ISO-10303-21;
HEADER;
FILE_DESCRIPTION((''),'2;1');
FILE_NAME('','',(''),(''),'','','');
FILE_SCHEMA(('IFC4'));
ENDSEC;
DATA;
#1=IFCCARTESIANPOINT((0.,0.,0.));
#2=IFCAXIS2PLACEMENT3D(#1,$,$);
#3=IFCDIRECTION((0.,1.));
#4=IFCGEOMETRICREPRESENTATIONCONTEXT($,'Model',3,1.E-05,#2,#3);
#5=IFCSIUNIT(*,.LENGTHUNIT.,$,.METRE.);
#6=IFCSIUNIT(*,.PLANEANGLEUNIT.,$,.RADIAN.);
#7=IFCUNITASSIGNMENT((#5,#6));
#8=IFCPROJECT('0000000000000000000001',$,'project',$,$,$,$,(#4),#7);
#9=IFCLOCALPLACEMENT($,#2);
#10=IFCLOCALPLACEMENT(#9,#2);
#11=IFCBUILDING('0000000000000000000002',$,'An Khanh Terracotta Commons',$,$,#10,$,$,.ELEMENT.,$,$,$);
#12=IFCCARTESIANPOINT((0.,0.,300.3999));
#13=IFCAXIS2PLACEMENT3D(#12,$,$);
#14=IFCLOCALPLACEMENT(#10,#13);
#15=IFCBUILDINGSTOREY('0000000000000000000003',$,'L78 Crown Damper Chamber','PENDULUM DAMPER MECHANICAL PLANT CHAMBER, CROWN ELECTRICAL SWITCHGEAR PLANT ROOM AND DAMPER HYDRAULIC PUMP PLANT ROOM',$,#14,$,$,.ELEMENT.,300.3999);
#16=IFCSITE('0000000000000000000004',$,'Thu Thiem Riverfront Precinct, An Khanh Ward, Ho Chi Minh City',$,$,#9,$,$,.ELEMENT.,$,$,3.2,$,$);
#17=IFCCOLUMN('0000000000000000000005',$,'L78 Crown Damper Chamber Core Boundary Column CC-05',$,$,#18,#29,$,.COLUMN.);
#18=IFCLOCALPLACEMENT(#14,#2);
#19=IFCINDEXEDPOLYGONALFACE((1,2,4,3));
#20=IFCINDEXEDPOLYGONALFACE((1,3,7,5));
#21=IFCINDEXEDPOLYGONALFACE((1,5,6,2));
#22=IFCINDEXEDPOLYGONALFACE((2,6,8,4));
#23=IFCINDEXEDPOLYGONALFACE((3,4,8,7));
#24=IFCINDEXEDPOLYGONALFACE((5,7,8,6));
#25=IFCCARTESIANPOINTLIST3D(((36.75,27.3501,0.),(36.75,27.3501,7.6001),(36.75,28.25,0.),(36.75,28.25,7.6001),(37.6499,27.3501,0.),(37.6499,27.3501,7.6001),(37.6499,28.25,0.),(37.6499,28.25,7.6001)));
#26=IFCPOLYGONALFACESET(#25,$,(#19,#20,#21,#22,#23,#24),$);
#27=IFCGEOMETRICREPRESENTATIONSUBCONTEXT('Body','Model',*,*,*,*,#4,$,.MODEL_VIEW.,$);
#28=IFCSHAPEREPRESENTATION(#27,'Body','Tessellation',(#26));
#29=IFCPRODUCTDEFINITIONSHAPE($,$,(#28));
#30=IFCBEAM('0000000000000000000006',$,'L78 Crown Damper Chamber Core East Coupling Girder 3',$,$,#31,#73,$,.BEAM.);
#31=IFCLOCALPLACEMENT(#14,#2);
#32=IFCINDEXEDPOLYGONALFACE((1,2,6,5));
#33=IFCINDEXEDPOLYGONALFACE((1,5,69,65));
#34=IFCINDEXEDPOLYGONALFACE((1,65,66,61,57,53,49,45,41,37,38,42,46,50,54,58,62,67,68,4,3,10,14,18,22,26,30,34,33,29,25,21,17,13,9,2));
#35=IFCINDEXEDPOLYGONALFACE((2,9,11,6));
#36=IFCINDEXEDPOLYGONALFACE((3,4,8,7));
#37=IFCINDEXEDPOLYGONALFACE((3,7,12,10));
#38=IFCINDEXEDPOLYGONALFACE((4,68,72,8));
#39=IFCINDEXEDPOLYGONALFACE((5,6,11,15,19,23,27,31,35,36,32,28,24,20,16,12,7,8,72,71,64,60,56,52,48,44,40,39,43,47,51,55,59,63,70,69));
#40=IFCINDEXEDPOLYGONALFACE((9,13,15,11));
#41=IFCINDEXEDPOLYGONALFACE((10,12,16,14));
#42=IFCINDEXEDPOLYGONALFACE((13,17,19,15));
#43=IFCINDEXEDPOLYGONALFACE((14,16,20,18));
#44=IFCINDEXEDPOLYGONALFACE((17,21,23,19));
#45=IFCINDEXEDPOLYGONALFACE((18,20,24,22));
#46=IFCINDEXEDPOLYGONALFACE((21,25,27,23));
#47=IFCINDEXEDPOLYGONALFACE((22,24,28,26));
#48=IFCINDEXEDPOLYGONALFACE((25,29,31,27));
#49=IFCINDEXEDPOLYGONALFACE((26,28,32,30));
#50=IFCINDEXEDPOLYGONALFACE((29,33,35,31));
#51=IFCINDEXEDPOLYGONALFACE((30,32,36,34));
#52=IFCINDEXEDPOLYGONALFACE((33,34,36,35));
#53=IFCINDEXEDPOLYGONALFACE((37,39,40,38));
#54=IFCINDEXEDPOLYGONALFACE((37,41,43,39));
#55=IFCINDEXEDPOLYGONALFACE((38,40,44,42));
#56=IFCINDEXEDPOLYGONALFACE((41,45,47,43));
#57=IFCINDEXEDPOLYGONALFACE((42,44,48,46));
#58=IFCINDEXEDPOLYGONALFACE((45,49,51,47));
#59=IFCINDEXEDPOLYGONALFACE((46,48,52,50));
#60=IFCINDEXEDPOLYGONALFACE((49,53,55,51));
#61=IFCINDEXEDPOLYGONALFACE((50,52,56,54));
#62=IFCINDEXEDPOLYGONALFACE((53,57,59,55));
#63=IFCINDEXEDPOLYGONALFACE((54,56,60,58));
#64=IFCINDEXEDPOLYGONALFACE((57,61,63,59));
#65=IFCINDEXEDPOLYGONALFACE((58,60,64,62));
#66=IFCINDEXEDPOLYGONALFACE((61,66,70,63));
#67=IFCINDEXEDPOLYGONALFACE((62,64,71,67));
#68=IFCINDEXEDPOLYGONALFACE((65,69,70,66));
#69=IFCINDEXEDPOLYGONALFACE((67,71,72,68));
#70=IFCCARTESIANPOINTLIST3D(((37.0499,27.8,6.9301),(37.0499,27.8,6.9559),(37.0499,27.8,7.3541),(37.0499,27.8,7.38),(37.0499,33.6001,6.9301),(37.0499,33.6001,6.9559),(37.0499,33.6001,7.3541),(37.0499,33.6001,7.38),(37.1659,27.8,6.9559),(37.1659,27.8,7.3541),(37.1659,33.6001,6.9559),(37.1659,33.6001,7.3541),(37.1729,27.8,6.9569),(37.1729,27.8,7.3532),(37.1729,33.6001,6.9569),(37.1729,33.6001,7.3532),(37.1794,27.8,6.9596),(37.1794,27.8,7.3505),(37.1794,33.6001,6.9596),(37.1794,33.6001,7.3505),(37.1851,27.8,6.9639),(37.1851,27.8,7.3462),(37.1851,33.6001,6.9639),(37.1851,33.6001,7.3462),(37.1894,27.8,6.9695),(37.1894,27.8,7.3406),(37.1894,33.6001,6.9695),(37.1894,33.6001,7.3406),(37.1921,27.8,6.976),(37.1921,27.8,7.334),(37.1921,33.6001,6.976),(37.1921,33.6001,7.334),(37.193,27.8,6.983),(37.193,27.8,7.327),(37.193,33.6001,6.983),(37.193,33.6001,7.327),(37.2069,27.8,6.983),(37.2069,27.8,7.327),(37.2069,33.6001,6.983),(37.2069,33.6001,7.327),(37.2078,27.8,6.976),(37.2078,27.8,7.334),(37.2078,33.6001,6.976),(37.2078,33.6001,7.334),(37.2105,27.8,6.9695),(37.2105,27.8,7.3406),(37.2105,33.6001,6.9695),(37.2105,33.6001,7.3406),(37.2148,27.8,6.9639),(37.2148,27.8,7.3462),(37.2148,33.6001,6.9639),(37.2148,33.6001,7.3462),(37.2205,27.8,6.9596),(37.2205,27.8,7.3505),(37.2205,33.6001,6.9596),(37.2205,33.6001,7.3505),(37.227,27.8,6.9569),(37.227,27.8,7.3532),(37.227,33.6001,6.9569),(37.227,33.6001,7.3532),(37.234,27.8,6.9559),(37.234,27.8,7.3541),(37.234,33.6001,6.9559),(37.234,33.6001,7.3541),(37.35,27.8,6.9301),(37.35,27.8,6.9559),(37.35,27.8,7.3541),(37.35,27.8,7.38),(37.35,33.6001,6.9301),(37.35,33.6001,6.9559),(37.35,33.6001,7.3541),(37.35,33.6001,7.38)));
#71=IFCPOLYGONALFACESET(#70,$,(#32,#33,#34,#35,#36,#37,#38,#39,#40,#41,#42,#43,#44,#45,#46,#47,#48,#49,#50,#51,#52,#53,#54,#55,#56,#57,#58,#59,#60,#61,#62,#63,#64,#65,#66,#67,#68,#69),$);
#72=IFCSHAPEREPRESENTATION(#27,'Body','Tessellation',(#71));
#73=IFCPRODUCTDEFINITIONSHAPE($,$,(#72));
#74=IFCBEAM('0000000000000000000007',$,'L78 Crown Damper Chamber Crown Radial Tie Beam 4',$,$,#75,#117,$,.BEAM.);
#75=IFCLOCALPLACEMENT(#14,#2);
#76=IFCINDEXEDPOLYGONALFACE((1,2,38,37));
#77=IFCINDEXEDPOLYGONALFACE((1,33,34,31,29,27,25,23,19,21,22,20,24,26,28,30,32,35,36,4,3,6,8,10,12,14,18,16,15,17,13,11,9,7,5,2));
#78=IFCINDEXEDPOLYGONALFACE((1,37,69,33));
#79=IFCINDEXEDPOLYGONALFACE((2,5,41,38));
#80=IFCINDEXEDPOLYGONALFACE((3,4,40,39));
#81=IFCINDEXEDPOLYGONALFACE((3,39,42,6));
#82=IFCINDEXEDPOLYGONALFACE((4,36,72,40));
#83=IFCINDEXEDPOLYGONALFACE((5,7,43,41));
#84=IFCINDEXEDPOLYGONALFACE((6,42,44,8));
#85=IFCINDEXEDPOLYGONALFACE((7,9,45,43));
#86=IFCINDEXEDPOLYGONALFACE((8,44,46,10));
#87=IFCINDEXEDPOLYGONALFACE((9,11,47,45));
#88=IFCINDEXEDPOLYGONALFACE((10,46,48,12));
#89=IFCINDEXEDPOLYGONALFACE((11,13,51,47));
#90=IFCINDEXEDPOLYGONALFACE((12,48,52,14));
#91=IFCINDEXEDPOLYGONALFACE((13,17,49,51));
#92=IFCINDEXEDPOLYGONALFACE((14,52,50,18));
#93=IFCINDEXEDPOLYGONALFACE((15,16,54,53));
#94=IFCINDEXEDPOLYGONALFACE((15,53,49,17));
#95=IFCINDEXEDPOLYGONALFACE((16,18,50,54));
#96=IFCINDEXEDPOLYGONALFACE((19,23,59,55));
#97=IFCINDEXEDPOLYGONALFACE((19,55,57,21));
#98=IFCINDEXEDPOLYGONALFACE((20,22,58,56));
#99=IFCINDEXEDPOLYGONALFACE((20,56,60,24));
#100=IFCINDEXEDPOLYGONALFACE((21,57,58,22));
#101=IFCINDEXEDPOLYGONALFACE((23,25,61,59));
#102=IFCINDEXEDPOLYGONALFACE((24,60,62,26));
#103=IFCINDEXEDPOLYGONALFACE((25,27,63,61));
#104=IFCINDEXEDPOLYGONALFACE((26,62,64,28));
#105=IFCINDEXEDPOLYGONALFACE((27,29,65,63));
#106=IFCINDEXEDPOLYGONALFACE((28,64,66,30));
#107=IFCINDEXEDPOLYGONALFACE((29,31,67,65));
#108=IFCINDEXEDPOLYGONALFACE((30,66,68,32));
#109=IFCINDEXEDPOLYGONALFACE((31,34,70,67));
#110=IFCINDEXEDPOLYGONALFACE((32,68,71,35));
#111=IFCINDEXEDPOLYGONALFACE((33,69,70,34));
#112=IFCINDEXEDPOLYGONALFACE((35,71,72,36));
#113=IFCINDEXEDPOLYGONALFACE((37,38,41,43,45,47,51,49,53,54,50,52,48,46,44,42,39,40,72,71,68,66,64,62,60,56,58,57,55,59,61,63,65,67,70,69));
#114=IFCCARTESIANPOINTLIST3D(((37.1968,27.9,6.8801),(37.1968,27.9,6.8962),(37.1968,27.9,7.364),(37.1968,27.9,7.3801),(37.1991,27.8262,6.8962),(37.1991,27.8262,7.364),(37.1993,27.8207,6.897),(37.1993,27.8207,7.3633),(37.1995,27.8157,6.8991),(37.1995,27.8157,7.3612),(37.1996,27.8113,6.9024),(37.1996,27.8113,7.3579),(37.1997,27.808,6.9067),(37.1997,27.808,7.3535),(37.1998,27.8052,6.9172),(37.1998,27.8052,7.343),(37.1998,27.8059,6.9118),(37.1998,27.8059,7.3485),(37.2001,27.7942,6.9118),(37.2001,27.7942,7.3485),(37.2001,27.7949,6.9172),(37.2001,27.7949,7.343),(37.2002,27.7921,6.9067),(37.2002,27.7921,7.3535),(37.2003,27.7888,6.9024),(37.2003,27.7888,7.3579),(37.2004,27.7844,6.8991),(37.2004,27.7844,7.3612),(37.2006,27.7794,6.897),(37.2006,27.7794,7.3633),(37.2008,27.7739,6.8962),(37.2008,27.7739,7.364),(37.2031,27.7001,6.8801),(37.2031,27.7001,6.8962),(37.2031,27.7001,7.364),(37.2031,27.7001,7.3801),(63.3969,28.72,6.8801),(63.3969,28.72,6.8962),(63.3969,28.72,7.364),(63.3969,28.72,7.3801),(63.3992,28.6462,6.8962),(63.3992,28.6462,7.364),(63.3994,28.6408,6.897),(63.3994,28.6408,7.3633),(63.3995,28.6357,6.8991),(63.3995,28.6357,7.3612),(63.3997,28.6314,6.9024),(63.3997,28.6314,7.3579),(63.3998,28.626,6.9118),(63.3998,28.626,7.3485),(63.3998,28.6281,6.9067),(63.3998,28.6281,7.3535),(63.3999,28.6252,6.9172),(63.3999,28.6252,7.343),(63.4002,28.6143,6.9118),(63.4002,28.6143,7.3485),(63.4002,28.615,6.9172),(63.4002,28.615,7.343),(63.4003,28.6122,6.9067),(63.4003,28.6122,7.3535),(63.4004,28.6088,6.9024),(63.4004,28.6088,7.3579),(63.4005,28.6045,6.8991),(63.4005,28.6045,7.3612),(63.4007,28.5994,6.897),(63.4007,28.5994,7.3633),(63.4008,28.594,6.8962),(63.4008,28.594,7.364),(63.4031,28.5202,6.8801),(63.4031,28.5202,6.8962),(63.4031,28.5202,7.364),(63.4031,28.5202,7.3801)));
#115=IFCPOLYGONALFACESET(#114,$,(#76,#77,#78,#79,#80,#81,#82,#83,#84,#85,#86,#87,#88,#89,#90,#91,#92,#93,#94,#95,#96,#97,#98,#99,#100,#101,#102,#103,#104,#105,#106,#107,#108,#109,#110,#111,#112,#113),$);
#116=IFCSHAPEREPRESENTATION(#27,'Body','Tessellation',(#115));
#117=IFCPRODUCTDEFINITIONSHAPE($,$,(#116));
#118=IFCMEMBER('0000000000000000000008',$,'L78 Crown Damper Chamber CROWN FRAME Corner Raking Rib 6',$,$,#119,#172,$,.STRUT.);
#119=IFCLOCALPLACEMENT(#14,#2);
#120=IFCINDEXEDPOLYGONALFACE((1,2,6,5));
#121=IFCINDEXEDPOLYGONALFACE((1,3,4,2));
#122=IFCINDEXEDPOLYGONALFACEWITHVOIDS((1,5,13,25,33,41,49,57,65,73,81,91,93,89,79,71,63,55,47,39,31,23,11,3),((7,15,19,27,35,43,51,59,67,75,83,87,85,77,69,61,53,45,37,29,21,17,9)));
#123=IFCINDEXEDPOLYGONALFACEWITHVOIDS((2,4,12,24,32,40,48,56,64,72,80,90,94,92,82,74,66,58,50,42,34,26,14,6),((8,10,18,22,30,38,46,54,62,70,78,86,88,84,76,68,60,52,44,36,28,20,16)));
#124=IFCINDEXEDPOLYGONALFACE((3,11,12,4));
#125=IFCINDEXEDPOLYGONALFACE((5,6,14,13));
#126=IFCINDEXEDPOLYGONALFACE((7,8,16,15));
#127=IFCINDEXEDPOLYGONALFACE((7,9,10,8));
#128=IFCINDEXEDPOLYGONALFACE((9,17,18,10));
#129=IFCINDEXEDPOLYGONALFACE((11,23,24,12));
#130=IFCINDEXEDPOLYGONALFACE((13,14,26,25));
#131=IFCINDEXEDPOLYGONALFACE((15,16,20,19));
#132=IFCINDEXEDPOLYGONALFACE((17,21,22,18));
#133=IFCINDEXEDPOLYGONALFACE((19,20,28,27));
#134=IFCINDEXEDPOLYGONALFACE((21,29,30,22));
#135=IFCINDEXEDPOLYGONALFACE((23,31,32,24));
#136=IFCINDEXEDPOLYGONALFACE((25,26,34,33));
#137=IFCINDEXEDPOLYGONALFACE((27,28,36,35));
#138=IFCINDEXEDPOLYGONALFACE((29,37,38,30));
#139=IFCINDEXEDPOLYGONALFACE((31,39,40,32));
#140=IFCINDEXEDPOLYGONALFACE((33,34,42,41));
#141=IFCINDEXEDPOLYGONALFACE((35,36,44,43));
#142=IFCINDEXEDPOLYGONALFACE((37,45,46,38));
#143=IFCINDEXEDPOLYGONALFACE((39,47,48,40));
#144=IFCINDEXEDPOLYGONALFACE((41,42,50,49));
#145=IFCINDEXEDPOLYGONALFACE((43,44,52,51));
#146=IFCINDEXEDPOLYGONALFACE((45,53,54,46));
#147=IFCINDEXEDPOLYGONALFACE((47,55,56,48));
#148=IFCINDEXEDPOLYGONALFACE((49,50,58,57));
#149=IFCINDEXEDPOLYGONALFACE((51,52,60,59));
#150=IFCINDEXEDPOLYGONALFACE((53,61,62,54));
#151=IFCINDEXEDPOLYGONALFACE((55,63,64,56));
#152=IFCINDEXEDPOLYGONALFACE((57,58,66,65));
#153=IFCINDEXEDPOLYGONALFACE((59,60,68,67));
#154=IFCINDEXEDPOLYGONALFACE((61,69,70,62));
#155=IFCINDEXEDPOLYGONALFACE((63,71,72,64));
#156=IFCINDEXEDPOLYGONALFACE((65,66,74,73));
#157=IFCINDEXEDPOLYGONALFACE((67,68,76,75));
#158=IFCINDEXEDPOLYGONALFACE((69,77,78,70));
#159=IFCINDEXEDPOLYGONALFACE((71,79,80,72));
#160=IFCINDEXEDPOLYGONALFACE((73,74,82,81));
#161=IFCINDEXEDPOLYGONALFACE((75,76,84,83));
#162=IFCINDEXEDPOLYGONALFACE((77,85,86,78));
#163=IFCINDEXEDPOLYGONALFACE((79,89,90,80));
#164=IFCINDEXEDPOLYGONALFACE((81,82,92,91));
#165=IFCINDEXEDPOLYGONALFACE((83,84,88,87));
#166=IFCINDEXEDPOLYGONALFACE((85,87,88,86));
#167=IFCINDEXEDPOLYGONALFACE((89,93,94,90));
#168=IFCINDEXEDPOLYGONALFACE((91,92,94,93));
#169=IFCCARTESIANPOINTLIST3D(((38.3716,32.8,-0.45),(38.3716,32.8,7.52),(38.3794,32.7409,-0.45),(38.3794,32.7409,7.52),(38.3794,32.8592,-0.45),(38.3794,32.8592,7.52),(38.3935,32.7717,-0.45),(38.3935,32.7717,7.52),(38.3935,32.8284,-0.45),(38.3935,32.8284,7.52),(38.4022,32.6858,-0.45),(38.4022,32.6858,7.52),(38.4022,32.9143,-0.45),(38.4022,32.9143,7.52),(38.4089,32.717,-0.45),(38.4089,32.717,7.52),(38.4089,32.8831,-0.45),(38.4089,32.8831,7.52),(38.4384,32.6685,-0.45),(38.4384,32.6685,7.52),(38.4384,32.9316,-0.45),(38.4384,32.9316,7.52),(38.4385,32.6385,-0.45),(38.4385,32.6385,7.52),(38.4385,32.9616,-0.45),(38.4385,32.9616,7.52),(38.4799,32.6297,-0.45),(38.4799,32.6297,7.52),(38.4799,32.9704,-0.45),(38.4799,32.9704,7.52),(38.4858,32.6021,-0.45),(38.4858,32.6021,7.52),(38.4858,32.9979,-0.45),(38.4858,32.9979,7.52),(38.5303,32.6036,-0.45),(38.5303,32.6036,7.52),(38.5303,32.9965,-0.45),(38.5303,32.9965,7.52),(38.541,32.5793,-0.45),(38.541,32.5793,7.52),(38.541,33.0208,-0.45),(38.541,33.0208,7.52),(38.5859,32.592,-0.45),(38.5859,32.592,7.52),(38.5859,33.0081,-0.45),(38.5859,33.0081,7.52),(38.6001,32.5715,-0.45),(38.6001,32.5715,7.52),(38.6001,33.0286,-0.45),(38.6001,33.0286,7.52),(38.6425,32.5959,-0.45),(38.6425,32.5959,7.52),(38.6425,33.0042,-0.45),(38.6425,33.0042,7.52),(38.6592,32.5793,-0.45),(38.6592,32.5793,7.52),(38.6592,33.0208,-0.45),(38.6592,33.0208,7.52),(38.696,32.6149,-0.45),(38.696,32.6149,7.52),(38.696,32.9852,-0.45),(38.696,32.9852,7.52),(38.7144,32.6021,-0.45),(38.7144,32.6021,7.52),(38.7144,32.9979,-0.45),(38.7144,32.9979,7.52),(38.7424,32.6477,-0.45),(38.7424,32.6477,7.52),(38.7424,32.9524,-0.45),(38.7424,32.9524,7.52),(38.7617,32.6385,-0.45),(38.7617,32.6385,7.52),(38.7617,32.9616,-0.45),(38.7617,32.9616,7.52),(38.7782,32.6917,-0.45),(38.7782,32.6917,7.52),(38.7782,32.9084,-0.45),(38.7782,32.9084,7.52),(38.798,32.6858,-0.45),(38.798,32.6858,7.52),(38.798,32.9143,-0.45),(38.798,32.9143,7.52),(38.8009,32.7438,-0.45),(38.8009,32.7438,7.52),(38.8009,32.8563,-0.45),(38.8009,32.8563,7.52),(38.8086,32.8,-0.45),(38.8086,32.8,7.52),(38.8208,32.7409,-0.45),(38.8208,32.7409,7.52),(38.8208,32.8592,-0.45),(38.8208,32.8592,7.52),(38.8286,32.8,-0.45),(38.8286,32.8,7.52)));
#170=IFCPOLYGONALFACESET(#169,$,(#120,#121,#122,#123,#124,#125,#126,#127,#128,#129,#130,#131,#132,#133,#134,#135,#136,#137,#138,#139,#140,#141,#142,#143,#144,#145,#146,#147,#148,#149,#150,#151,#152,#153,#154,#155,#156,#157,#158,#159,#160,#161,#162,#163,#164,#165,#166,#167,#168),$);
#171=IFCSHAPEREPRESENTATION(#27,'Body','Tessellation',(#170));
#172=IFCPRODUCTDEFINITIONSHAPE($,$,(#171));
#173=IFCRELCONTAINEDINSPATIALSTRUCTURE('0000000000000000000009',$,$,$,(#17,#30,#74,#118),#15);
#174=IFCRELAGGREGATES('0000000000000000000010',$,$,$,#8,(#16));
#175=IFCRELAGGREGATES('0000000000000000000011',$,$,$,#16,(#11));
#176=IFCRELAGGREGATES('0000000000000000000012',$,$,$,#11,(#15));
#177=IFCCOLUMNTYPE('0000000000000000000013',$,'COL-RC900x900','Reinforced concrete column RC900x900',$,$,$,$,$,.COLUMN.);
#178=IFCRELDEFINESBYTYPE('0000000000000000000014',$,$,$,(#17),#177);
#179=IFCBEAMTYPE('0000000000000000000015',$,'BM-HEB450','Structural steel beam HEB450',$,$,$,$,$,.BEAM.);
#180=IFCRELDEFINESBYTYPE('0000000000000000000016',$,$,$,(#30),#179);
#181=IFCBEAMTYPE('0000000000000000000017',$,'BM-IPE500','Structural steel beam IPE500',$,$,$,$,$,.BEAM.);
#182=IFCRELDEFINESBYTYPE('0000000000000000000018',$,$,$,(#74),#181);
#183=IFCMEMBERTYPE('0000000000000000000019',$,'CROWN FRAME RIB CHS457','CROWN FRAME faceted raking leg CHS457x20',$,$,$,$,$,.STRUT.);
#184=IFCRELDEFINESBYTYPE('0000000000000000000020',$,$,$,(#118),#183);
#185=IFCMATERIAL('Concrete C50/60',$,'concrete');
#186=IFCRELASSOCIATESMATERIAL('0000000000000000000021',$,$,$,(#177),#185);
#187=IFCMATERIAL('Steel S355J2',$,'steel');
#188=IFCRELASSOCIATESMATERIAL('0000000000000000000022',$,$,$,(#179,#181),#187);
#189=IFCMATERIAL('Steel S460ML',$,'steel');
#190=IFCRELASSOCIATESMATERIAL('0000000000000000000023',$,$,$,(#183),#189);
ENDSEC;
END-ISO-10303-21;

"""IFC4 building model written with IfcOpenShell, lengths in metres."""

from ifc_helpers import new_model, si_unit, direction, frame, origin, origin_2d, place, context, subcontext, project, spatial, rectangle, hollow_circle, i_section, extrude, material, material_profile, profile_set, type_object, element, save


model = new_model("IFC4")

# Units and contexts
model_context = context("Model", 3, precision=1e-05, world=origin(), true_north=direction((0.0, 1.0)))
body_context = subcontext(model_context, "Body", "Model", "MODEL_VIEW")
ifc_project = project(units=[si_unit("LENGTHUNIT", "METRE"), si_unit("PLANEANGLEUNIT", "RADIAN")], contexts=[model_context])

# Site, building, storey
site_placement = place(None, origin())
site = spatial("IfcSite", under=ifc_project, at=site_placement, Name="Thu Thiem Riverfront Precinct, An Khanh Ward, Ho Chi Minh City", CompositionType="ELEMENT", RefElevation=3.2)
building_placement = place(site_placement, origin())
building = spatial("IfcBuilding", under=site, at=building_placement, Name="An Khanh Terracotta Commons", CompositionType="ELEMENT")
storey_placement = place(building_placement, frame((0.0, 0.0, 300.3999)))
storey = spatial("IfcBuildingStorey", under=building, at=storey_placement, Name="L78 Crown Damper Chamber", Description="PENDULUM DAMPER MECHANICAL PLANT CHAMBER, CROWN ELECTRICAL SWITCHGEAR PLANT ROOM AND DAMPER HYDRAULIC PUMP PLANT ROOM", CompositionType="ELEMENT", Elevation=300.3999)

# Column
ifc_material_1 = material(Name="Concrete C50/60", Category="concrete")
ifc_material_profile_1 = material_profile(ifc_material_1, rectangle(XDim=0.8999, YDim=0.8999, at=origin_2d()), Name="RC900x900")
ifc_profile_set_1 = profile_set([ifc_material_profile_1], Name="Concrete C50/60")
column_type = type_object("IfcColumnType", Name="COL-RC900x900", Description="Reinforced concrete column RC900x900", PredefinedType="COLUMN", material=ifc_profile_set_1)
column_placement = place(storey_placement, frame((37.2, 27.8, 0.0), z_axis=(0.0, 0.0, 1.0), x_axis=(1.0, 0.0, 0.0)))
element("IfcColumn", 1, at=column_placement, inside=storey, type_object=column_type, Name="L78 Crown Damper Chamber Core Boundary Column CC-05", PredefinedType="COLUMN", context=body_context, shape_type="SweptSolid", body=[
    extrude(rectangle(XDim=0.8999, YDim=0.8999, at=origin_2d()), origin(), (0.0, 0.0, 1.0), 7.6001),
])

# Beams
ifc_material_2 = material(Name="Steel S355J2", Category="steel")
ifc_material_profile_2 = material_profile(ifc_material_2, i_section(OverallWidth=0.3, OverallDepth=0.45, WebThickness=0.0139, FlangeThickness=0.0259, FilletRadius=0.0271, at=origin_2d()), Name="HEB450")
ifc_profile_set_2 = profile_set([ifc_material_profile_2], Name="Steel S355J2")
beam_type_1 = type_object("IfcBeamType", Name="BM-HEB450", Description="Structural steel beam HEB450", PredefinedType="BEAM", material=ifc_profile_set_2)
beam_1_placement = place(storey_placement, frame((37.2, 27.8, 7.155), z_axis=(0.0, 1.0, 0.0), x_axis=(-1.0, 0.0, 0.0)))
element("IfcBeam", 2, at=beam_1_placement, inside=storey, type_object=beam_type_1, Name="L78 Crown Damper Chamber Core East Coupling Girder 3", PredefinedType="BEAM", context=body_context, shape_type="SweptSolid", body=[
    extrude(i_section(OverallWidth=0.3, OverallDepth=0.45, WebThickness=0.0139, FlangeThickness=0.0259, FilletRadius=0.0271, at=origin_2d()), origin(), (0.0, 0.0, 1.0), 5.8),
])
ifc_material_profile_3 = material_profile(ifc_material_2, i_section(OverallWidth=0.2, OverallDepth=0.5, WebThickness=0.0103, FlangeThickness=0.0161, FilletRadius=0.021, at=origin_2d()), Name="IPE500")
ifc_profile_set_3 = profile_set([ifc_material_profile_3], Name="Steel S355J2")
beam_type_2 = type_object("IfcBeamType", Name="BM-IPE500", Description="Structural steel beam IPE500", PredefinedType="BEAM", material=ifc_profile_set_3)
beam_2_placement = place(storey_placement, frame((37.2, 27.8, 7.1301), z_axis=(0.999511, 0.031285, 0.0), x_axis=(-0.031285, 0.999511, 0.0)))
element("IfcBeam", 3, at=beam_2_placement, inside=storey, type_object=beam_type_2, Name="L78 Crown Damper Chamber Crown Radial Tie Beam 4", PredefinedType="BEAM", context=body_context, shape_type="SweptSolid", body=[
    extrude(i_section(OverallWidth=0.2, OverallDepth=0.5, WebThickness=0.0103, FlangeThickness=0.0161, FilletRadius=0.021, at=origin_2d()), origin(), (0.0, 0.0, 1.0), 26.2129),
])

# Member
ifc_material_3 = material(Name="Steel S460ML", Category="steel")
ifc_material_profile_4 = material_profile(ifc_material_3, hollow_circle(Radius=0.2285, WallThickness=0.02, at=origin_2d()), Name="CHS457x20")
ifc_profile_set_4 = profile_set([ifc_material_profile_4], Name="Steel S460ML")
member_type = type_object("IfcMemberType", Name="CROWN FRAME RIB CHS457", Description="CROWN FRAME faceted raking leg CHS457x20", PredefinedType="STRUT", material=ifc_profile_set_4)
for number, where, z_axis, x_axis, name in (
    (4, (38.6001, 32.8, -0.45), (0.0, 0.0, 1.0), (1.0, 0.0, 0.0), "L78 Crown Damper Chamber CROWN FRAME Corner Raking Rib 6"),
):
    element("IfcMember", number, at=place(storey_placement, frame(where, z_axis=z_axis, x_axis=x_axis)), inside=storey, type_object=member_type, Name=name, PredefinedType="STRUT", context=body_context, shape_type="SweptSolid", body=[
        extrude(hollow_circle(Radius=0.2285, WallThickness=0.02, at=origin_2d()), origin(), (0.0, 0.0, 1.0), 7.97),
    ])

save(model, "model.ifc")
